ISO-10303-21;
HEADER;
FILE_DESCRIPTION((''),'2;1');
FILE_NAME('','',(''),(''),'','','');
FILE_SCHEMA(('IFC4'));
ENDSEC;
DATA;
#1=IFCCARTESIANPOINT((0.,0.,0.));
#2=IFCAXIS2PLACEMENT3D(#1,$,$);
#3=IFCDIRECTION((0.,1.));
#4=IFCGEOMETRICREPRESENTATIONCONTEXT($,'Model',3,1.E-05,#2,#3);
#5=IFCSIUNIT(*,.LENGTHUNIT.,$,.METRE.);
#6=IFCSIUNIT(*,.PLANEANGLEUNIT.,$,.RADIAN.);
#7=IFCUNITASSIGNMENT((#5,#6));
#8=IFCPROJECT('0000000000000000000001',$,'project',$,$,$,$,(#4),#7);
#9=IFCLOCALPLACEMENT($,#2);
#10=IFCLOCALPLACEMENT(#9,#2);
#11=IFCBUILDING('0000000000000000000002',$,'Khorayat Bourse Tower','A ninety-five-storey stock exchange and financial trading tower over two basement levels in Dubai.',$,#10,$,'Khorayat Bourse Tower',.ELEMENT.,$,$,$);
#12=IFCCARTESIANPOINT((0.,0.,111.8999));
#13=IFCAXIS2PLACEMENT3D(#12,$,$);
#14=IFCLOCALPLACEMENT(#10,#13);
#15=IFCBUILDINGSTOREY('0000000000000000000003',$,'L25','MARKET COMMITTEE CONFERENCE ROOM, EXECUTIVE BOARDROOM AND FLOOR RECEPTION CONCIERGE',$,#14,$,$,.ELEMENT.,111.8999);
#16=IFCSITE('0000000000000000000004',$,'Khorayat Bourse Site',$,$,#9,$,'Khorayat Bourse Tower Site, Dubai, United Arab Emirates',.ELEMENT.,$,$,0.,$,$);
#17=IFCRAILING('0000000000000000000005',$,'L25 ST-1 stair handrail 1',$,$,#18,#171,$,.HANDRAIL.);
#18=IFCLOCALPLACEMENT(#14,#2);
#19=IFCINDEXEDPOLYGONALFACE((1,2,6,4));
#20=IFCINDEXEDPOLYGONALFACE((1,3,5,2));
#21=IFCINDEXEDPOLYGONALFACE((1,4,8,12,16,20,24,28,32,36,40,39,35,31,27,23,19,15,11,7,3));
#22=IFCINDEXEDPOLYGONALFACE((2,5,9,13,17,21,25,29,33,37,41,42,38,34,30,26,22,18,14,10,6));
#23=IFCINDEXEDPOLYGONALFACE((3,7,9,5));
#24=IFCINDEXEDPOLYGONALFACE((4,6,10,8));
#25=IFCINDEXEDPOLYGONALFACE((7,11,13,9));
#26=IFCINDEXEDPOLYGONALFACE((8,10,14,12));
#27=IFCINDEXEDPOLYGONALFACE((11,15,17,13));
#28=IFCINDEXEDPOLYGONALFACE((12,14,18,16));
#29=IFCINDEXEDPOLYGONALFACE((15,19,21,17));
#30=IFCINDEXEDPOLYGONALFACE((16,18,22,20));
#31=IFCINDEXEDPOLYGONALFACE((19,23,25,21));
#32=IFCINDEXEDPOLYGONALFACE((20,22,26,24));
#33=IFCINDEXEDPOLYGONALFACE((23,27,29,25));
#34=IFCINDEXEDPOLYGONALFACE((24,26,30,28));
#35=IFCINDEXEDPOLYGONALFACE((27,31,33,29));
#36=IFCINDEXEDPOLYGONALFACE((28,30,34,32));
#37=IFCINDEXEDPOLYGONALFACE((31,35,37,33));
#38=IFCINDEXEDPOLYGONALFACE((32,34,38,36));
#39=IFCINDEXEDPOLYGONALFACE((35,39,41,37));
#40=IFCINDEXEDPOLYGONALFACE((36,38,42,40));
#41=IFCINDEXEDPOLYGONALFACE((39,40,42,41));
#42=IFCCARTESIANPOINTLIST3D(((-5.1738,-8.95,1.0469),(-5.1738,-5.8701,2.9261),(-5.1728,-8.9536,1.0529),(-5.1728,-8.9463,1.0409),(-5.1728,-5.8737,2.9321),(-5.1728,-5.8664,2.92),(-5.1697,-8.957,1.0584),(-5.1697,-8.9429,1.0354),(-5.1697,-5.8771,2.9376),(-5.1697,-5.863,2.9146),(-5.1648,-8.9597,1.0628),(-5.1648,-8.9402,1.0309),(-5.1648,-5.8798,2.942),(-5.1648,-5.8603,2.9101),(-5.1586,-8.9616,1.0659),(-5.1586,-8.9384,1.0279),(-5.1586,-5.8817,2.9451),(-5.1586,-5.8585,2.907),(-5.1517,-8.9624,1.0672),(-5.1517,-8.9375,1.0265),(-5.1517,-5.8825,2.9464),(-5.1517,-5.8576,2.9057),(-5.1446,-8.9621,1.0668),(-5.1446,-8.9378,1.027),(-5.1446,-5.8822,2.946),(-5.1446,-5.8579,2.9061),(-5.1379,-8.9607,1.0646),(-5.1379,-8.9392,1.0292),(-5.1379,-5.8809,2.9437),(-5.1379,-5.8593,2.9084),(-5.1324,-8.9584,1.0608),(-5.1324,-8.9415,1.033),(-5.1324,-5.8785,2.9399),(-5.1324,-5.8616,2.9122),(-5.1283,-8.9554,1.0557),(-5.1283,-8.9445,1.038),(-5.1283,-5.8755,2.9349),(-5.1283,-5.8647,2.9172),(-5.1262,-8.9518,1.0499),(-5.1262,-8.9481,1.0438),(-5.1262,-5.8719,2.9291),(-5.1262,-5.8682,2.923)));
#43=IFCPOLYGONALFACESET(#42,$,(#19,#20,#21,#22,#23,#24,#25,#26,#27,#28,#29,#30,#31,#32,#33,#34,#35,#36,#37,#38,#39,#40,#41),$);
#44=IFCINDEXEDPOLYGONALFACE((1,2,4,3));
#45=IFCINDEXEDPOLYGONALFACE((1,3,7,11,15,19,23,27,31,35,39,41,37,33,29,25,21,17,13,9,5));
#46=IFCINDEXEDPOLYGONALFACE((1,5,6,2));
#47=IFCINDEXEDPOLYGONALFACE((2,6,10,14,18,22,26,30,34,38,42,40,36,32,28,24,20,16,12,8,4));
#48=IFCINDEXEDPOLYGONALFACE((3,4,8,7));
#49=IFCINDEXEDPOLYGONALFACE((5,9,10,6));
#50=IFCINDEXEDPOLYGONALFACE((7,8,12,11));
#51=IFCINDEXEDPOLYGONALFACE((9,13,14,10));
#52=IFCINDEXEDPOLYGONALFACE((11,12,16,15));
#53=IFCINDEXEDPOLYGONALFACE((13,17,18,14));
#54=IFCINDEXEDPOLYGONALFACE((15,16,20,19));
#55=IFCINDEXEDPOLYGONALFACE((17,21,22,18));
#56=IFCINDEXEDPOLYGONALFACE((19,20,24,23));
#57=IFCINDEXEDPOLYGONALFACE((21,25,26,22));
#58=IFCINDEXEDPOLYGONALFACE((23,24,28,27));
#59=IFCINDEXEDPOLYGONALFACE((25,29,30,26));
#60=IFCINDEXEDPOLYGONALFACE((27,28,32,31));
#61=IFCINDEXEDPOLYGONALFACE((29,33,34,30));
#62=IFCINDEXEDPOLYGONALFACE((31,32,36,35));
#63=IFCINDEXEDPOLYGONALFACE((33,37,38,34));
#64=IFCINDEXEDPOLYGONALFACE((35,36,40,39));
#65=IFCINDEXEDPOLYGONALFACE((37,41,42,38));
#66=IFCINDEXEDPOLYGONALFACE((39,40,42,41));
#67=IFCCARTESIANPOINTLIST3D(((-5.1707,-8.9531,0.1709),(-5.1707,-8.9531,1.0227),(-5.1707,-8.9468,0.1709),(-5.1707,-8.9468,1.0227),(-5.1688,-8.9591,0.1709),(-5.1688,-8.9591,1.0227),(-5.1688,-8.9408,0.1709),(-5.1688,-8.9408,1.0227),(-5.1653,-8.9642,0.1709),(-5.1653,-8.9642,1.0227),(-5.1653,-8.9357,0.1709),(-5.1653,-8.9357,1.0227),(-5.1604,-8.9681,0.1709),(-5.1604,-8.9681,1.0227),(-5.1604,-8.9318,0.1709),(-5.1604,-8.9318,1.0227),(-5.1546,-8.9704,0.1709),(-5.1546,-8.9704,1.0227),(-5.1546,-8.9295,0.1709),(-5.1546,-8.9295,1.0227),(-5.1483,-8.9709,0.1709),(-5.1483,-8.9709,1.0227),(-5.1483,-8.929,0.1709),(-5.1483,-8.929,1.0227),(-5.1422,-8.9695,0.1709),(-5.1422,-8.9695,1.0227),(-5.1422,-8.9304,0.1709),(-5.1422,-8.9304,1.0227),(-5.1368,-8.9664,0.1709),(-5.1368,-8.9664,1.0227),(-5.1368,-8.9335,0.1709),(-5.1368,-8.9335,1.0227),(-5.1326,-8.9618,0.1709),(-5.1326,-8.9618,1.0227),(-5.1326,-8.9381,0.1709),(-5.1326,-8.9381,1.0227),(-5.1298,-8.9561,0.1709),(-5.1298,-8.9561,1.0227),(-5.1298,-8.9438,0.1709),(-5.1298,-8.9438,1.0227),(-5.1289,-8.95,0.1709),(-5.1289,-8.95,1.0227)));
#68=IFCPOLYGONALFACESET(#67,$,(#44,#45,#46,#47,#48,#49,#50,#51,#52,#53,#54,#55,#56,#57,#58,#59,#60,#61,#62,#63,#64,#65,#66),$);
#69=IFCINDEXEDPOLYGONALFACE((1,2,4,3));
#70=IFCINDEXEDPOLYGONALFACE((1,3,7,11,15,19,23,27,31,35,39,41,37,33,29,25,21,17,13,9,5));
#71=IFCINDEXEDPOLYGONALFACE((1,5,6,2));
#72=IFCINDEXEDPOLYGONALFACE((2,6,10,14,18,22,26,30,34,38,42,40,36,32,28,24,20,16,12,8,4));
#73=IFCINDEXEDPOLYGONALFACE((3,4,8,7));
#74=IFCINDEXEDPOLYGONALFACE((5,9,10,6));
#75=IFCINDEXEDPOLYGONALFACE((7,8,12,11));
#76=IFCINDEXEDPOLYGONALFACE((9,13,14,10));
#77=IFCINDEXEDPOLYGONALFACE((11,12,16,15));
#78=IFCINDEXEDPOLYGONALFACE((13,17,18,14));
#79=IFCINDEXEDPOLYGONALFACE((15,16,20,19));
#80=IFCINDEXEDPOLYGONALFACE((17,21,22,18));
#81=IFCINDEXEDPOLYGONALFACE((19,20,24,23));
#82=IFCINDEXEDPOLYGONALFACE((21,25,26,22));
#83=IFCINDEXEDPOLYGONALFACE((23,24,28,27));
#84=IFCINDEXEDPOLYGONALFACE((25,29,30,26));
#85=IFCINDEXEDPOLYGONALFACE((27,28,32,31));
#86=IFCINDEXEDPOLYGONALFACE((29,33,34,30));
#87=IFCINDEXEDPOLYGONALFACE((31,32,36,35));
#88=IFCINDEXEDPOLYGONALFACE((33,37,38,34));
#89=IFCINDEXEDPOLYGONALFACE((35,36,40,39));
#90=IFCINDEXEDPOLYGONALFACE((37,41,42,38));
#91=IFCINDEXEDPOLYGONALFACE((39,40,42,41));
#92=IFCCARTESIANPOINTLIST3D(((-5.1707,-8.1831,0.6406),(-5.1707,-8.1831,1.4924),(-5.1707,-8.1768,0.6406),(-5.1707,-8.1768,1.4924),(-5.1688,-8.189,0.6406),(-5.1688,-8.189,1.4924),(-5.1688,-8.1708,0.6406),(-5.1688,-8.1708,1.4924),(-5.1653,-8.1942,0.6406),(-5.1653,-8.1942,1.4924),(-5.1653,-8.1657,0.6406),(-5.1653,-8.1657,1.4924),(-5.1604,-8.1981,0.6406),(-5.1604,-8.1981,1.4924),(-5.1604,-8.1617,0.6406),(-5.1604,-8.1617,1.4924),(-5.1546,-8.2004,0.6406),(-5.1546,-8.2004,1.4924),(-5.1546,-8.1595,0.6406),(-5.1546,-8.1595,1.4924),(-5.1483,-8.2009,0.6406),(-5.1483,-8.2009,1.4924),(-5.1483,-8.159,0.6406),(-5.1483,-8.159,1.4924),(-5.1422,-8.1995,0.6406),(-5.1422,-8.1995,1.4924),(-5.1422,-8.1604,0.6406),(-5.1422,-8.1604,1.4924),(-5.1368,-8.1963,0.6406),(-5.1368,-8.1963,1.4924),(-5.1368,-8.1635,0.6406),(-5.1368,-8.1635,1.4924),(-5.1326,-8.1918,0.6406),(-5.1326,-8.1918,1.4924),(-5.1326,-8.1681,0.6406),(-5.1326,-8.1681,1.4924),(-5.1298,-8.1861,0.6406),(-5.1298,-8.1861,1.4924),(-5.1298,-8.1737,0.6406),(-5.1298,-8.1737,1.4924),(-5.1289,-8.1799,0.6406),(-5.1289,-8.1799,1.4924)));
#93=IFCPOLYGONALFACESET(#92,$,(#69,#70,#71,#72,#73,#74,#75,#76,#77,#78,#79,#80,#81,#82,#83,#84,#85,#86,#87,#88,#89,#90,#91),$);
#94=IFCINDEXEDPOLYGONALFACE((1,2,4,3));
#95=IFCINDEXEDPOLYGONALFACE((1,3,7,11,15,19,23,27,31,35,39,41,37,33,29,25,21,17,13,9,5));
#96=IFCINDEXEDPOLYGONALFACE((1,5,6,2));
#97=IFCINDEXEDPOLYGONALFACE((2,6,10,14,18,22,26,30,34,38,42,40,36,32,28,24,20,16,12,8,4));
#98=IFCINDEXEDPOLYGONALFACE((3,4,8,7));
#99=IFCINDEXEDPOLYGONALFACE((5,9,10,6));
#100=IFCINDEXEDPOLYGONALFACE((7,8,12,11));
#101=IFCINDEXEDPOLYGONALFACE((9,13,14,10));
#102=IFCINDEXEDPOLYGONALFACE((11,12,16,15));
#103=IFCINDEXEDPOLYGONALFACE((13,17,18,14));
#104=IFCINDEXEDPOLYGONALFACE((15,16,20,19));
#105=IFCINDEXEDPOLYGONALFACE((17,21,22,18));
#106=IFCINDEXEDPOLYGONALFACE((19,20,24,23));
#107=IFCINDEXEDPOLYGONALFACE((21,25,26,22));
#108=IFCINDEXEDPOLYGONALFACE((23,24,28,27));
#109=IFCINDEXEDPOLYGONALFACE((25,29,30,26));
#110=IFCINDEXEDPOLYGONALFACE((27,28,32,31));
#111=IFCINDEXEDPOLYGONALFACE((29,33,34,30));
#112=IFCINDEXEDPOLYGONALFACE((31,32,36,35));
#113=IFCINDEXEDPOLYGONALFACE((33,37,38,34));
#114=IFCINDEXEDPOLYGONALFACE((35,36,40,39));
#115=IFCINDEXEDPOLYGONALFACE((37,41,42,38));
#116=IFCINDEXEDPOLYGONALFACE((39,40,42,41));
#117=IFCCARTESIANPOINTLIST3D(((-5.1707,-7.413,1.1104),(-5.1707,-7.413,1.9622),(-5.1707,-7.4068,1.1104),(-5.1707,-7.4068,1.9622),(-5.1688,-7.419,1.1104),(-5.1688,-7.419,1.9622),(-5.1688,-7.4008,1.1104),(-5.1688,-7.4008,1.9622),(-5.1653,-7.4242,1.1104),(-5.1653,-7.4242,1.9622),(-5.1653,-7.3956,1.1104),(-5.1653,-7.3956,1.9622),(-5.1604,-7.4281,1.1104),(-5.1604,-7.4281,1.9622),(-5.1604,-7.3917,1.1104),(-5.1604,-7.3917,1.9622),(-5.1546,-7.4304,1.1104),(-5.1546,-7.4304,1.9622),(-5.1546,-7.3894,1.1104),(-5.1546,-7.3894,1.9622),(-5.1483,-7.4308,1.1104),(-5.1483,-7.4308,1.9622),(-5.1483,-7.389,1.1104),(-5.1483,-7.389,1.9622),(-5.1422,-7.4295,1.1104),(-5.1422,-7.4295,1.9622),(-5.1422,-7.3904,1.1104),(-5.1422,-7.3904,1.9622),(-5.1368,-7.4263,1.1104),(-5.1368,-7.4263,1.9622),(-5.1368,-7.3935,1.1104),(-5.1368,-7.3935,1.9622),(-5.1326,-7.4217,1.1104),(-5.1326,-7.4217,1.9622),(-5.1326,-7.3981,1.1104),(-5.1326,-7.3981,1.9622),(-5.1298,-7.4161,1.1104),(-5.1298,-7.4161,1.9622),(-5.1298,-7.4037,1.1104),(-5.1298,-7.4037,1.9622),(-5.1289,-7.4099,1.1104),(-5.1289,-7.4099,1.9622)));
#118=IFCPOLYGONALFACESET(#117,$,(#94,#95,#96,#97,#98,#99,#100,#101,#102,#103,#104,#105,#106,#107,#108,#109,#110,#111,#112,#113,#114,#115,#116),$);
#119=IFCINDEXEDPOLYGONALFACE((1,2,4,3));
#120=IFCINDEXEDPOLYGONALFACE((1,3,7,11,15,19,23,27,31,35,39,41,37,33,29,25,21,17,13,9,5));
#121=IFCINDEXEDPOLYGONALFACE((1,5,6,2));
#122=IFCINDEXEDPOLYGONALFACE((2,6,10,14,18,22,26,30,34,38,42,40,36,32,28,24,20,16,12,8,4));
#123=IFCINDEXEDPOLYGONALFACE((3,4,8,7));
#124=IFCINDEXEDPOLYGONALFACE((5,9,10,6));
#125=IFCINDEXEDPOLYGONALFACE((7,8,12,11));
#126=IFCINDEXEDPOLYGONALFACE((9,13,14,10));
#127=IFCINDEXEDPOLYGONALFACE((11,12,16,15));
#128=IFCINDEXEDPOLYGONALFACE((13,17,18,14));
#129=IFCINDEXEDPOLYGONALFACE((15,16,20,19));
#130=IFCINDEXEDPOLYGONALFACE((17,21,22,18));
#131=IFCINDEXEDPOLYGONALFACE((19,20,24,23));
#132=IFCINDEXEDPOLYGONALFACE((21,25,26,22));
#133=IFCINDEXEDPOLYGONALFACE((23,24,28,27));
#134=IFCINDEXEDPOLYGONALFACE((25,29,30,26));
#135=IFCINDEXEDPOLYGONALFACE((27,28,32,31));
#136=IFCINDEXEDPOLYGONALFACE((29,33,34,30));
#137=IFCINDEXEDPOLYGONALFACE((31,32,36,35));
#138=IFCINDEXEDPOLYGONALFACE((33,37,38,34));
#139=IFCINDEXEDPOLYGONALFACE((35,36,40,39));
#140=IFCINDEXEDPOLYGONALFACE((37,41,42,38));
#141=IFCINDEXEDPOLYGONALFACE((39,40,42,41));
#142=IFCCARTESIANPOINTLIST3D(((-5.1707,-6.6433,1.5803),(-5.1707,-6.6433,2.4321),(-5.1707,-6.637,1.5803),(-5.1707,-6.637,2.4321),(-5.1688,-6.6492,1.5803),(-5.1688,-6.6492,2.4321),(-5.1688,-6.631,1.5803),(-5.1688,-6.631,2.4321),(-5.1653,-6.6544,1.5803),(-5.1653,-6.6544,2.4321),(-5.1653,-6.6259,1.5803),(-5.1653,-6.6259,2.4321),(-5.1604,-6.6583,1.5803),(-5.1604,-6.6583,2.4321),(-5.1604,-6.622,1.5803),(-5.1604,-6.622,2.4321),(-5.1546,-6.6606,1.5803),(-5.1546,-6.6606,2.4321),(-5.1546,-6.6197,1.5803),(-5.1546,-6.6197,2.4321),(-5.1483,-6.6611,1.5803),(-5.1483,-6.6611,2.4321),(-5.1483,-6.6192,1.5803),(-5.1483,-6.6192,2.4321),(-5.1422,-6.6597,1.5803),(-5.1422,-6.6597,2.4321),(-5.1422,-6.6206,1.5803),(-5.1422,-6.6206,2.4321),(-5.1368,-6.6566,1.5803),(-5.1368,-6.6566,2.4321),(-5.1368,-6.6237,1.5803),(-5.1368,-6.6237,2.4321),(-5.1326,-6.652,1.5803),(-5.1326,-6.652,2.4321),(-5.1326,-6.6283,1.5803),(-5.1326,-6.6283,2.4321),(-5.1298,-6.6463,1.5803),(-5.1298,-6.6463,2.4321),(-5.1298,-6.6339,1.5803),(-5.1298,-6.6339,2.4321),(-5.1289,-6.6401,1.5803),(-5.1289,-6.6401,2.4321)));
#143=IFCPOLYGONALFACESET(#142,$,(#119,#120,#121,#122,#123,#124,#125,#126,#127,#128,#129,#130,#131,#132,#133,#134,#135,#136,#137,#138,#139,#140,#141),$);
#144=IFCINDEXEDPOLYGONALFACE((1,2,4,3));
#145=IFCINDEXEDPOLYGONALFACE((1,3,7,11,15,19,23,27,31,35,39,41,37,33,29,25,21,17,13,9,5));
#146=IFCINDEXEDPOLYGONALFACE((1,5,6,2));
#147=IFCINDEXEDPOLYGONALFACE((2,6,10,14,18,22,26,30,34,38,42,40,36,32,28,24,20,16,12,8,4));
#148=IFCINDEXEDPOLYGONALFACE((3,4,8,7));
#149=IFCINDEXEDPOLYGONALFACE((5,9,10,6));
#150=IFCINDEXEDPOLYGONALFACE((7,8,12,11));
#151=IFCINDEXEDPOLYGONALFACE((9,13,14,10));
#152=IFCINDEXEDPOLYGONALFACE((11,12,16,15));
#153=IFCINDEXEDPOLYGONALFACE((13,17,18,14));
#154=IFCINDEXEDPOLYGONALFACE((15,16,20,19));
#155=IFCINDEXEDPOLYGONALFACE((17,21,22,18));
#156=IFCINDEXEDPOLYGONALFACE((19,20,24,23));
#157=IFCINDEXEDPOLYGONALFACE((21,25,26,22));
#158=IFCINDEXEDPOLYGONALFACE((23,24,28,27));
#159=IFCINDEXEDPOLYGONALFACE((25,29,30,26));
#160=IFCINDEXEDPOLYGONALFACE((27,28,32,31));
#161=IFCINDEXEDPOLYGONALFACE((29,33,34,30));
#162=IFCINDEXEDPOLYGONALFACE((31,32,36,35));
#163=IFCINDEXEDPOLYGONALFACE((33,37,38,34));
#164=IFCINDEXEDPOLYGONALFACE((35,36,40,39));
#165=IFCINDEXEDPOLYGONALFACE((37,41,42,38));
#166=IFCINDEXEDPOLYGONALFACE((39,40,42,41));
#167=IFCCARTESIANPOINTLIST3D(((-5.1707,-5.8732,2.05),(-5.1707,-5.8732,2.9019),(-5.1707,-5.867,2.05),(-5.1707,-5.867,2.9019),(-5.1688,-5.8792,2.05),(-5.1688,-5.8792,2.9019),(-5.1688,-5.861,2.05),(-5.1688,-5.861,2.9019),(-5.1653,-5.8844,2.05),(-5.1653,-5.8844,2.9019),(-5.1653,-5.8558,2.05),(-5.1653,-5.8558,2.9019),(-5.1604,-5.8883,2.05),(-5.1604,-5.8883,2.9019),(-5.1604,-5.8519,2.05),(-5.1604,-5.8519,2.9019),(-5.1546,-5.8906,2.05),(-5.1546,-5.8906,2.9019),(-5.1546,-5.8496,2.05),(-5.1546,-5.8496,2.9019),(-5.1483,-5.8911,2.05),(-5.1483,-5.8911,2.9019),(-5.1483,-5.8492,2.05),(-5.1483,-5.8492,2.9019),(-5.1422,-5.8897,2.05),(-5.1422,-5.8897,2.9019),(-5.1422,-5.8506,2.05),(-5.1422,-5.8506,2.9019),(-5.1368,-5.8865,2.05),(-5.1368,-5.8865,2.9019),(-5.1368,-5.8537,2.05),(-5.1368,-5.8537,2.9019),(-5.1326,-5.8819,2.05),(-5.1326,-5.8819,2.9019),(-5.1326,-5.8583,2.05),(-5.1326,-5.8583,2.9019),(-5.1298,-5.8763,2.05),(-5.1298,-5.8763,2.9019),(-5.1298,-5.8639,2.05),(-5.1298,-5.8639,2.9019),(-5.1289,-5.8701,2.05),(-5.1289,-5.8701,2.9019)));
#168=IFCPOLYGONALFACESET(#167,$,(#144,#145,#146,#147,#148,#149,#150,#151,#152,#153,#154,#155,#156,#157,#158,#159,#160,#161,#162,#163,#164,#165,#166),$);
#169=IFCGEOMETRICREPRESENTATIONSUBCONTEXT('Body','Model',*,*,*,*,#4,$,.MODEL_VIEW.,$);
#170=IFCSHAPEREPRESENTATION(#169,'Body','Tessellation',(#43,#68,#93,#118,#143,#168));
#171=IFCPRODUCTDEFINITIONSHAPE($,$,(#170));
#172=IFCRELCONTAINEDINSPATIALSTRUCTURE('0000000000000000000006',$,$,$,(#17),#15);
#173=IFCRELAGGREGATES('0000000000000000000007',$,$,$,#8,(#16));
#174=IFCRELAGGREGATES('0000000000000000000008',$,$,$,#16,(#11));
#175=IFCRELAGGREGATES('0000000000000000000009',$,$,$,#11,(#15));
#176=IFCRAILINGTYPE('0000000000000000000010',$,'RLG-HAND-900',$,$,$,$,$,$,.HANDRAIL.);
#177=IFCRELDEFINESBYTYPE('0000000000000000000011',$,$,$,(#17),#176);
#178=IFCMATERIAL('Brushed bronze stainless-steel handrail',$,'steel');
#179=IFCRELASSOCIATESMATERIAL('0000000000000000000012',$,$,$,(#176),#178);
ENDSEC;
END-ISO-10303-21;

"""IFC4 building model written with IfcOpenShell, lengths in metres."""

from ifc_helpers import new_model, si_unit, direction, frame, origin, origin_2d, place, context, subcontext, project, spatial, circle, extrude, source, transform, mapped, material, type_object, element, save


model = new_model("IFC4")

# Units and contexts
model_context = context("Model", 3, precision=1e-05, world=origin(), true_north=direction((0.0, 1.0)))
body_context = subcontext(model_context, "Body", "Model", "MODEL_VIEW")
ifc_project = project(units=[si_unit("LENGTHUNIT", "METRE"), si_unit("PLANEANGLEUNIT", "RADIAN")], contexts=[model_context])

# Site, building, storey
site_placement = place(None, origin())
site = spatial("IfcSite", under=ifc_project, at=site_placement, Name="Khorayat Bourse Site", LongName="Khorayat Bourse Tower Site, Dubai, United Arab Emirates", CompositionType="ELEMENT", RefElevation=0.0)
building_placement = place(site_placement, origin())
building = spatial("IfcBuilding", under=site, at=building_placement, Name="Khorayat Bourse Tower", Description="A ninety-five-storey stock exchange and financial trading tower over two basement levels in Dubai.", LongName="Khorayat Bourse Tower", CompositionType="ELEMENT")
storey_placement = place(building_placement, frame((0.0, 0.0, 111.8999)))
storey = spatial("IfcBuildingStorey", under=building, at=storey_placement, Name="L25", Description="MARKET COMMITTEE CONFERENCE ROOM, EXECUTIVE BOARDROOM AND FLOOR RECEPTION CONCIERGE", CompositionType="ELEMENT", Elevation=111.8999)

# Railing
ifc_material_1 = material(Name="Brushed bronze stainless-steel handrail", Category="steel")
railing_type_1 = type_object("IfcRailingType", Name="RLG-HAND-900", PredefinedType="HANDRAIL", material=ifc_material_1)
shared_shape_1 = source(origin(), body_context, "Body", "SweptSolid", [
    extrude(circle(Radius=0.0239, at=origin_2d()), frame((0.0, 0.0, 0.876), z_axis=(0.0, 0.853648, 0.52085), x_axis=(-1.0, 0.0, 0.0)), (0.0, 0.0, 1.0), 3.6079),
    extrude(circle(Radius=0.021, at=origin_2d()), origin(), (0.0, 0.0, 1.0), 0.8518),
    extrude(circle(Radius=0.021, at=origin_2d()), frame((0.0, 0.77, 0.4697)), (0.0, 0.0, 1.0), 0.8518),
    extrude(circle(Radius=0.021, at=origin_2d()), frame((0.0, 1.54, 0.9395)), (0.0, 0.0, 1.0), 0.8518),
    extrude(circle(Radius=0.021, at=origin_2d()), frame((0.0, 2.3098, 1.4094)), (0.0, 0.0, 1.0), 0.8518),
    extrude(circle(Radius=0.021, at=origin_2d()), frame((0.0, 3.0798, 1.8792)), (0.0, 0.0, 1.0), 0.8518),
])
railing_1_placement = place(storey_placement, frame((-5.1499, -8.95, 0.1709)))
element("IfcRailing", 1, at=railing_1_placement, inside=storey, type_object=railing_type_1, Name="L25 ST-1 stair handrail 1", PredefinedType="HANDRAIL", context=body_context, shape_type="MappedRepresentation", body=[
    mapped(shared_shape_1, transform((0.0, 0.0, 0.0), scale=1.0)),
])

save(model, "model.ifc")
